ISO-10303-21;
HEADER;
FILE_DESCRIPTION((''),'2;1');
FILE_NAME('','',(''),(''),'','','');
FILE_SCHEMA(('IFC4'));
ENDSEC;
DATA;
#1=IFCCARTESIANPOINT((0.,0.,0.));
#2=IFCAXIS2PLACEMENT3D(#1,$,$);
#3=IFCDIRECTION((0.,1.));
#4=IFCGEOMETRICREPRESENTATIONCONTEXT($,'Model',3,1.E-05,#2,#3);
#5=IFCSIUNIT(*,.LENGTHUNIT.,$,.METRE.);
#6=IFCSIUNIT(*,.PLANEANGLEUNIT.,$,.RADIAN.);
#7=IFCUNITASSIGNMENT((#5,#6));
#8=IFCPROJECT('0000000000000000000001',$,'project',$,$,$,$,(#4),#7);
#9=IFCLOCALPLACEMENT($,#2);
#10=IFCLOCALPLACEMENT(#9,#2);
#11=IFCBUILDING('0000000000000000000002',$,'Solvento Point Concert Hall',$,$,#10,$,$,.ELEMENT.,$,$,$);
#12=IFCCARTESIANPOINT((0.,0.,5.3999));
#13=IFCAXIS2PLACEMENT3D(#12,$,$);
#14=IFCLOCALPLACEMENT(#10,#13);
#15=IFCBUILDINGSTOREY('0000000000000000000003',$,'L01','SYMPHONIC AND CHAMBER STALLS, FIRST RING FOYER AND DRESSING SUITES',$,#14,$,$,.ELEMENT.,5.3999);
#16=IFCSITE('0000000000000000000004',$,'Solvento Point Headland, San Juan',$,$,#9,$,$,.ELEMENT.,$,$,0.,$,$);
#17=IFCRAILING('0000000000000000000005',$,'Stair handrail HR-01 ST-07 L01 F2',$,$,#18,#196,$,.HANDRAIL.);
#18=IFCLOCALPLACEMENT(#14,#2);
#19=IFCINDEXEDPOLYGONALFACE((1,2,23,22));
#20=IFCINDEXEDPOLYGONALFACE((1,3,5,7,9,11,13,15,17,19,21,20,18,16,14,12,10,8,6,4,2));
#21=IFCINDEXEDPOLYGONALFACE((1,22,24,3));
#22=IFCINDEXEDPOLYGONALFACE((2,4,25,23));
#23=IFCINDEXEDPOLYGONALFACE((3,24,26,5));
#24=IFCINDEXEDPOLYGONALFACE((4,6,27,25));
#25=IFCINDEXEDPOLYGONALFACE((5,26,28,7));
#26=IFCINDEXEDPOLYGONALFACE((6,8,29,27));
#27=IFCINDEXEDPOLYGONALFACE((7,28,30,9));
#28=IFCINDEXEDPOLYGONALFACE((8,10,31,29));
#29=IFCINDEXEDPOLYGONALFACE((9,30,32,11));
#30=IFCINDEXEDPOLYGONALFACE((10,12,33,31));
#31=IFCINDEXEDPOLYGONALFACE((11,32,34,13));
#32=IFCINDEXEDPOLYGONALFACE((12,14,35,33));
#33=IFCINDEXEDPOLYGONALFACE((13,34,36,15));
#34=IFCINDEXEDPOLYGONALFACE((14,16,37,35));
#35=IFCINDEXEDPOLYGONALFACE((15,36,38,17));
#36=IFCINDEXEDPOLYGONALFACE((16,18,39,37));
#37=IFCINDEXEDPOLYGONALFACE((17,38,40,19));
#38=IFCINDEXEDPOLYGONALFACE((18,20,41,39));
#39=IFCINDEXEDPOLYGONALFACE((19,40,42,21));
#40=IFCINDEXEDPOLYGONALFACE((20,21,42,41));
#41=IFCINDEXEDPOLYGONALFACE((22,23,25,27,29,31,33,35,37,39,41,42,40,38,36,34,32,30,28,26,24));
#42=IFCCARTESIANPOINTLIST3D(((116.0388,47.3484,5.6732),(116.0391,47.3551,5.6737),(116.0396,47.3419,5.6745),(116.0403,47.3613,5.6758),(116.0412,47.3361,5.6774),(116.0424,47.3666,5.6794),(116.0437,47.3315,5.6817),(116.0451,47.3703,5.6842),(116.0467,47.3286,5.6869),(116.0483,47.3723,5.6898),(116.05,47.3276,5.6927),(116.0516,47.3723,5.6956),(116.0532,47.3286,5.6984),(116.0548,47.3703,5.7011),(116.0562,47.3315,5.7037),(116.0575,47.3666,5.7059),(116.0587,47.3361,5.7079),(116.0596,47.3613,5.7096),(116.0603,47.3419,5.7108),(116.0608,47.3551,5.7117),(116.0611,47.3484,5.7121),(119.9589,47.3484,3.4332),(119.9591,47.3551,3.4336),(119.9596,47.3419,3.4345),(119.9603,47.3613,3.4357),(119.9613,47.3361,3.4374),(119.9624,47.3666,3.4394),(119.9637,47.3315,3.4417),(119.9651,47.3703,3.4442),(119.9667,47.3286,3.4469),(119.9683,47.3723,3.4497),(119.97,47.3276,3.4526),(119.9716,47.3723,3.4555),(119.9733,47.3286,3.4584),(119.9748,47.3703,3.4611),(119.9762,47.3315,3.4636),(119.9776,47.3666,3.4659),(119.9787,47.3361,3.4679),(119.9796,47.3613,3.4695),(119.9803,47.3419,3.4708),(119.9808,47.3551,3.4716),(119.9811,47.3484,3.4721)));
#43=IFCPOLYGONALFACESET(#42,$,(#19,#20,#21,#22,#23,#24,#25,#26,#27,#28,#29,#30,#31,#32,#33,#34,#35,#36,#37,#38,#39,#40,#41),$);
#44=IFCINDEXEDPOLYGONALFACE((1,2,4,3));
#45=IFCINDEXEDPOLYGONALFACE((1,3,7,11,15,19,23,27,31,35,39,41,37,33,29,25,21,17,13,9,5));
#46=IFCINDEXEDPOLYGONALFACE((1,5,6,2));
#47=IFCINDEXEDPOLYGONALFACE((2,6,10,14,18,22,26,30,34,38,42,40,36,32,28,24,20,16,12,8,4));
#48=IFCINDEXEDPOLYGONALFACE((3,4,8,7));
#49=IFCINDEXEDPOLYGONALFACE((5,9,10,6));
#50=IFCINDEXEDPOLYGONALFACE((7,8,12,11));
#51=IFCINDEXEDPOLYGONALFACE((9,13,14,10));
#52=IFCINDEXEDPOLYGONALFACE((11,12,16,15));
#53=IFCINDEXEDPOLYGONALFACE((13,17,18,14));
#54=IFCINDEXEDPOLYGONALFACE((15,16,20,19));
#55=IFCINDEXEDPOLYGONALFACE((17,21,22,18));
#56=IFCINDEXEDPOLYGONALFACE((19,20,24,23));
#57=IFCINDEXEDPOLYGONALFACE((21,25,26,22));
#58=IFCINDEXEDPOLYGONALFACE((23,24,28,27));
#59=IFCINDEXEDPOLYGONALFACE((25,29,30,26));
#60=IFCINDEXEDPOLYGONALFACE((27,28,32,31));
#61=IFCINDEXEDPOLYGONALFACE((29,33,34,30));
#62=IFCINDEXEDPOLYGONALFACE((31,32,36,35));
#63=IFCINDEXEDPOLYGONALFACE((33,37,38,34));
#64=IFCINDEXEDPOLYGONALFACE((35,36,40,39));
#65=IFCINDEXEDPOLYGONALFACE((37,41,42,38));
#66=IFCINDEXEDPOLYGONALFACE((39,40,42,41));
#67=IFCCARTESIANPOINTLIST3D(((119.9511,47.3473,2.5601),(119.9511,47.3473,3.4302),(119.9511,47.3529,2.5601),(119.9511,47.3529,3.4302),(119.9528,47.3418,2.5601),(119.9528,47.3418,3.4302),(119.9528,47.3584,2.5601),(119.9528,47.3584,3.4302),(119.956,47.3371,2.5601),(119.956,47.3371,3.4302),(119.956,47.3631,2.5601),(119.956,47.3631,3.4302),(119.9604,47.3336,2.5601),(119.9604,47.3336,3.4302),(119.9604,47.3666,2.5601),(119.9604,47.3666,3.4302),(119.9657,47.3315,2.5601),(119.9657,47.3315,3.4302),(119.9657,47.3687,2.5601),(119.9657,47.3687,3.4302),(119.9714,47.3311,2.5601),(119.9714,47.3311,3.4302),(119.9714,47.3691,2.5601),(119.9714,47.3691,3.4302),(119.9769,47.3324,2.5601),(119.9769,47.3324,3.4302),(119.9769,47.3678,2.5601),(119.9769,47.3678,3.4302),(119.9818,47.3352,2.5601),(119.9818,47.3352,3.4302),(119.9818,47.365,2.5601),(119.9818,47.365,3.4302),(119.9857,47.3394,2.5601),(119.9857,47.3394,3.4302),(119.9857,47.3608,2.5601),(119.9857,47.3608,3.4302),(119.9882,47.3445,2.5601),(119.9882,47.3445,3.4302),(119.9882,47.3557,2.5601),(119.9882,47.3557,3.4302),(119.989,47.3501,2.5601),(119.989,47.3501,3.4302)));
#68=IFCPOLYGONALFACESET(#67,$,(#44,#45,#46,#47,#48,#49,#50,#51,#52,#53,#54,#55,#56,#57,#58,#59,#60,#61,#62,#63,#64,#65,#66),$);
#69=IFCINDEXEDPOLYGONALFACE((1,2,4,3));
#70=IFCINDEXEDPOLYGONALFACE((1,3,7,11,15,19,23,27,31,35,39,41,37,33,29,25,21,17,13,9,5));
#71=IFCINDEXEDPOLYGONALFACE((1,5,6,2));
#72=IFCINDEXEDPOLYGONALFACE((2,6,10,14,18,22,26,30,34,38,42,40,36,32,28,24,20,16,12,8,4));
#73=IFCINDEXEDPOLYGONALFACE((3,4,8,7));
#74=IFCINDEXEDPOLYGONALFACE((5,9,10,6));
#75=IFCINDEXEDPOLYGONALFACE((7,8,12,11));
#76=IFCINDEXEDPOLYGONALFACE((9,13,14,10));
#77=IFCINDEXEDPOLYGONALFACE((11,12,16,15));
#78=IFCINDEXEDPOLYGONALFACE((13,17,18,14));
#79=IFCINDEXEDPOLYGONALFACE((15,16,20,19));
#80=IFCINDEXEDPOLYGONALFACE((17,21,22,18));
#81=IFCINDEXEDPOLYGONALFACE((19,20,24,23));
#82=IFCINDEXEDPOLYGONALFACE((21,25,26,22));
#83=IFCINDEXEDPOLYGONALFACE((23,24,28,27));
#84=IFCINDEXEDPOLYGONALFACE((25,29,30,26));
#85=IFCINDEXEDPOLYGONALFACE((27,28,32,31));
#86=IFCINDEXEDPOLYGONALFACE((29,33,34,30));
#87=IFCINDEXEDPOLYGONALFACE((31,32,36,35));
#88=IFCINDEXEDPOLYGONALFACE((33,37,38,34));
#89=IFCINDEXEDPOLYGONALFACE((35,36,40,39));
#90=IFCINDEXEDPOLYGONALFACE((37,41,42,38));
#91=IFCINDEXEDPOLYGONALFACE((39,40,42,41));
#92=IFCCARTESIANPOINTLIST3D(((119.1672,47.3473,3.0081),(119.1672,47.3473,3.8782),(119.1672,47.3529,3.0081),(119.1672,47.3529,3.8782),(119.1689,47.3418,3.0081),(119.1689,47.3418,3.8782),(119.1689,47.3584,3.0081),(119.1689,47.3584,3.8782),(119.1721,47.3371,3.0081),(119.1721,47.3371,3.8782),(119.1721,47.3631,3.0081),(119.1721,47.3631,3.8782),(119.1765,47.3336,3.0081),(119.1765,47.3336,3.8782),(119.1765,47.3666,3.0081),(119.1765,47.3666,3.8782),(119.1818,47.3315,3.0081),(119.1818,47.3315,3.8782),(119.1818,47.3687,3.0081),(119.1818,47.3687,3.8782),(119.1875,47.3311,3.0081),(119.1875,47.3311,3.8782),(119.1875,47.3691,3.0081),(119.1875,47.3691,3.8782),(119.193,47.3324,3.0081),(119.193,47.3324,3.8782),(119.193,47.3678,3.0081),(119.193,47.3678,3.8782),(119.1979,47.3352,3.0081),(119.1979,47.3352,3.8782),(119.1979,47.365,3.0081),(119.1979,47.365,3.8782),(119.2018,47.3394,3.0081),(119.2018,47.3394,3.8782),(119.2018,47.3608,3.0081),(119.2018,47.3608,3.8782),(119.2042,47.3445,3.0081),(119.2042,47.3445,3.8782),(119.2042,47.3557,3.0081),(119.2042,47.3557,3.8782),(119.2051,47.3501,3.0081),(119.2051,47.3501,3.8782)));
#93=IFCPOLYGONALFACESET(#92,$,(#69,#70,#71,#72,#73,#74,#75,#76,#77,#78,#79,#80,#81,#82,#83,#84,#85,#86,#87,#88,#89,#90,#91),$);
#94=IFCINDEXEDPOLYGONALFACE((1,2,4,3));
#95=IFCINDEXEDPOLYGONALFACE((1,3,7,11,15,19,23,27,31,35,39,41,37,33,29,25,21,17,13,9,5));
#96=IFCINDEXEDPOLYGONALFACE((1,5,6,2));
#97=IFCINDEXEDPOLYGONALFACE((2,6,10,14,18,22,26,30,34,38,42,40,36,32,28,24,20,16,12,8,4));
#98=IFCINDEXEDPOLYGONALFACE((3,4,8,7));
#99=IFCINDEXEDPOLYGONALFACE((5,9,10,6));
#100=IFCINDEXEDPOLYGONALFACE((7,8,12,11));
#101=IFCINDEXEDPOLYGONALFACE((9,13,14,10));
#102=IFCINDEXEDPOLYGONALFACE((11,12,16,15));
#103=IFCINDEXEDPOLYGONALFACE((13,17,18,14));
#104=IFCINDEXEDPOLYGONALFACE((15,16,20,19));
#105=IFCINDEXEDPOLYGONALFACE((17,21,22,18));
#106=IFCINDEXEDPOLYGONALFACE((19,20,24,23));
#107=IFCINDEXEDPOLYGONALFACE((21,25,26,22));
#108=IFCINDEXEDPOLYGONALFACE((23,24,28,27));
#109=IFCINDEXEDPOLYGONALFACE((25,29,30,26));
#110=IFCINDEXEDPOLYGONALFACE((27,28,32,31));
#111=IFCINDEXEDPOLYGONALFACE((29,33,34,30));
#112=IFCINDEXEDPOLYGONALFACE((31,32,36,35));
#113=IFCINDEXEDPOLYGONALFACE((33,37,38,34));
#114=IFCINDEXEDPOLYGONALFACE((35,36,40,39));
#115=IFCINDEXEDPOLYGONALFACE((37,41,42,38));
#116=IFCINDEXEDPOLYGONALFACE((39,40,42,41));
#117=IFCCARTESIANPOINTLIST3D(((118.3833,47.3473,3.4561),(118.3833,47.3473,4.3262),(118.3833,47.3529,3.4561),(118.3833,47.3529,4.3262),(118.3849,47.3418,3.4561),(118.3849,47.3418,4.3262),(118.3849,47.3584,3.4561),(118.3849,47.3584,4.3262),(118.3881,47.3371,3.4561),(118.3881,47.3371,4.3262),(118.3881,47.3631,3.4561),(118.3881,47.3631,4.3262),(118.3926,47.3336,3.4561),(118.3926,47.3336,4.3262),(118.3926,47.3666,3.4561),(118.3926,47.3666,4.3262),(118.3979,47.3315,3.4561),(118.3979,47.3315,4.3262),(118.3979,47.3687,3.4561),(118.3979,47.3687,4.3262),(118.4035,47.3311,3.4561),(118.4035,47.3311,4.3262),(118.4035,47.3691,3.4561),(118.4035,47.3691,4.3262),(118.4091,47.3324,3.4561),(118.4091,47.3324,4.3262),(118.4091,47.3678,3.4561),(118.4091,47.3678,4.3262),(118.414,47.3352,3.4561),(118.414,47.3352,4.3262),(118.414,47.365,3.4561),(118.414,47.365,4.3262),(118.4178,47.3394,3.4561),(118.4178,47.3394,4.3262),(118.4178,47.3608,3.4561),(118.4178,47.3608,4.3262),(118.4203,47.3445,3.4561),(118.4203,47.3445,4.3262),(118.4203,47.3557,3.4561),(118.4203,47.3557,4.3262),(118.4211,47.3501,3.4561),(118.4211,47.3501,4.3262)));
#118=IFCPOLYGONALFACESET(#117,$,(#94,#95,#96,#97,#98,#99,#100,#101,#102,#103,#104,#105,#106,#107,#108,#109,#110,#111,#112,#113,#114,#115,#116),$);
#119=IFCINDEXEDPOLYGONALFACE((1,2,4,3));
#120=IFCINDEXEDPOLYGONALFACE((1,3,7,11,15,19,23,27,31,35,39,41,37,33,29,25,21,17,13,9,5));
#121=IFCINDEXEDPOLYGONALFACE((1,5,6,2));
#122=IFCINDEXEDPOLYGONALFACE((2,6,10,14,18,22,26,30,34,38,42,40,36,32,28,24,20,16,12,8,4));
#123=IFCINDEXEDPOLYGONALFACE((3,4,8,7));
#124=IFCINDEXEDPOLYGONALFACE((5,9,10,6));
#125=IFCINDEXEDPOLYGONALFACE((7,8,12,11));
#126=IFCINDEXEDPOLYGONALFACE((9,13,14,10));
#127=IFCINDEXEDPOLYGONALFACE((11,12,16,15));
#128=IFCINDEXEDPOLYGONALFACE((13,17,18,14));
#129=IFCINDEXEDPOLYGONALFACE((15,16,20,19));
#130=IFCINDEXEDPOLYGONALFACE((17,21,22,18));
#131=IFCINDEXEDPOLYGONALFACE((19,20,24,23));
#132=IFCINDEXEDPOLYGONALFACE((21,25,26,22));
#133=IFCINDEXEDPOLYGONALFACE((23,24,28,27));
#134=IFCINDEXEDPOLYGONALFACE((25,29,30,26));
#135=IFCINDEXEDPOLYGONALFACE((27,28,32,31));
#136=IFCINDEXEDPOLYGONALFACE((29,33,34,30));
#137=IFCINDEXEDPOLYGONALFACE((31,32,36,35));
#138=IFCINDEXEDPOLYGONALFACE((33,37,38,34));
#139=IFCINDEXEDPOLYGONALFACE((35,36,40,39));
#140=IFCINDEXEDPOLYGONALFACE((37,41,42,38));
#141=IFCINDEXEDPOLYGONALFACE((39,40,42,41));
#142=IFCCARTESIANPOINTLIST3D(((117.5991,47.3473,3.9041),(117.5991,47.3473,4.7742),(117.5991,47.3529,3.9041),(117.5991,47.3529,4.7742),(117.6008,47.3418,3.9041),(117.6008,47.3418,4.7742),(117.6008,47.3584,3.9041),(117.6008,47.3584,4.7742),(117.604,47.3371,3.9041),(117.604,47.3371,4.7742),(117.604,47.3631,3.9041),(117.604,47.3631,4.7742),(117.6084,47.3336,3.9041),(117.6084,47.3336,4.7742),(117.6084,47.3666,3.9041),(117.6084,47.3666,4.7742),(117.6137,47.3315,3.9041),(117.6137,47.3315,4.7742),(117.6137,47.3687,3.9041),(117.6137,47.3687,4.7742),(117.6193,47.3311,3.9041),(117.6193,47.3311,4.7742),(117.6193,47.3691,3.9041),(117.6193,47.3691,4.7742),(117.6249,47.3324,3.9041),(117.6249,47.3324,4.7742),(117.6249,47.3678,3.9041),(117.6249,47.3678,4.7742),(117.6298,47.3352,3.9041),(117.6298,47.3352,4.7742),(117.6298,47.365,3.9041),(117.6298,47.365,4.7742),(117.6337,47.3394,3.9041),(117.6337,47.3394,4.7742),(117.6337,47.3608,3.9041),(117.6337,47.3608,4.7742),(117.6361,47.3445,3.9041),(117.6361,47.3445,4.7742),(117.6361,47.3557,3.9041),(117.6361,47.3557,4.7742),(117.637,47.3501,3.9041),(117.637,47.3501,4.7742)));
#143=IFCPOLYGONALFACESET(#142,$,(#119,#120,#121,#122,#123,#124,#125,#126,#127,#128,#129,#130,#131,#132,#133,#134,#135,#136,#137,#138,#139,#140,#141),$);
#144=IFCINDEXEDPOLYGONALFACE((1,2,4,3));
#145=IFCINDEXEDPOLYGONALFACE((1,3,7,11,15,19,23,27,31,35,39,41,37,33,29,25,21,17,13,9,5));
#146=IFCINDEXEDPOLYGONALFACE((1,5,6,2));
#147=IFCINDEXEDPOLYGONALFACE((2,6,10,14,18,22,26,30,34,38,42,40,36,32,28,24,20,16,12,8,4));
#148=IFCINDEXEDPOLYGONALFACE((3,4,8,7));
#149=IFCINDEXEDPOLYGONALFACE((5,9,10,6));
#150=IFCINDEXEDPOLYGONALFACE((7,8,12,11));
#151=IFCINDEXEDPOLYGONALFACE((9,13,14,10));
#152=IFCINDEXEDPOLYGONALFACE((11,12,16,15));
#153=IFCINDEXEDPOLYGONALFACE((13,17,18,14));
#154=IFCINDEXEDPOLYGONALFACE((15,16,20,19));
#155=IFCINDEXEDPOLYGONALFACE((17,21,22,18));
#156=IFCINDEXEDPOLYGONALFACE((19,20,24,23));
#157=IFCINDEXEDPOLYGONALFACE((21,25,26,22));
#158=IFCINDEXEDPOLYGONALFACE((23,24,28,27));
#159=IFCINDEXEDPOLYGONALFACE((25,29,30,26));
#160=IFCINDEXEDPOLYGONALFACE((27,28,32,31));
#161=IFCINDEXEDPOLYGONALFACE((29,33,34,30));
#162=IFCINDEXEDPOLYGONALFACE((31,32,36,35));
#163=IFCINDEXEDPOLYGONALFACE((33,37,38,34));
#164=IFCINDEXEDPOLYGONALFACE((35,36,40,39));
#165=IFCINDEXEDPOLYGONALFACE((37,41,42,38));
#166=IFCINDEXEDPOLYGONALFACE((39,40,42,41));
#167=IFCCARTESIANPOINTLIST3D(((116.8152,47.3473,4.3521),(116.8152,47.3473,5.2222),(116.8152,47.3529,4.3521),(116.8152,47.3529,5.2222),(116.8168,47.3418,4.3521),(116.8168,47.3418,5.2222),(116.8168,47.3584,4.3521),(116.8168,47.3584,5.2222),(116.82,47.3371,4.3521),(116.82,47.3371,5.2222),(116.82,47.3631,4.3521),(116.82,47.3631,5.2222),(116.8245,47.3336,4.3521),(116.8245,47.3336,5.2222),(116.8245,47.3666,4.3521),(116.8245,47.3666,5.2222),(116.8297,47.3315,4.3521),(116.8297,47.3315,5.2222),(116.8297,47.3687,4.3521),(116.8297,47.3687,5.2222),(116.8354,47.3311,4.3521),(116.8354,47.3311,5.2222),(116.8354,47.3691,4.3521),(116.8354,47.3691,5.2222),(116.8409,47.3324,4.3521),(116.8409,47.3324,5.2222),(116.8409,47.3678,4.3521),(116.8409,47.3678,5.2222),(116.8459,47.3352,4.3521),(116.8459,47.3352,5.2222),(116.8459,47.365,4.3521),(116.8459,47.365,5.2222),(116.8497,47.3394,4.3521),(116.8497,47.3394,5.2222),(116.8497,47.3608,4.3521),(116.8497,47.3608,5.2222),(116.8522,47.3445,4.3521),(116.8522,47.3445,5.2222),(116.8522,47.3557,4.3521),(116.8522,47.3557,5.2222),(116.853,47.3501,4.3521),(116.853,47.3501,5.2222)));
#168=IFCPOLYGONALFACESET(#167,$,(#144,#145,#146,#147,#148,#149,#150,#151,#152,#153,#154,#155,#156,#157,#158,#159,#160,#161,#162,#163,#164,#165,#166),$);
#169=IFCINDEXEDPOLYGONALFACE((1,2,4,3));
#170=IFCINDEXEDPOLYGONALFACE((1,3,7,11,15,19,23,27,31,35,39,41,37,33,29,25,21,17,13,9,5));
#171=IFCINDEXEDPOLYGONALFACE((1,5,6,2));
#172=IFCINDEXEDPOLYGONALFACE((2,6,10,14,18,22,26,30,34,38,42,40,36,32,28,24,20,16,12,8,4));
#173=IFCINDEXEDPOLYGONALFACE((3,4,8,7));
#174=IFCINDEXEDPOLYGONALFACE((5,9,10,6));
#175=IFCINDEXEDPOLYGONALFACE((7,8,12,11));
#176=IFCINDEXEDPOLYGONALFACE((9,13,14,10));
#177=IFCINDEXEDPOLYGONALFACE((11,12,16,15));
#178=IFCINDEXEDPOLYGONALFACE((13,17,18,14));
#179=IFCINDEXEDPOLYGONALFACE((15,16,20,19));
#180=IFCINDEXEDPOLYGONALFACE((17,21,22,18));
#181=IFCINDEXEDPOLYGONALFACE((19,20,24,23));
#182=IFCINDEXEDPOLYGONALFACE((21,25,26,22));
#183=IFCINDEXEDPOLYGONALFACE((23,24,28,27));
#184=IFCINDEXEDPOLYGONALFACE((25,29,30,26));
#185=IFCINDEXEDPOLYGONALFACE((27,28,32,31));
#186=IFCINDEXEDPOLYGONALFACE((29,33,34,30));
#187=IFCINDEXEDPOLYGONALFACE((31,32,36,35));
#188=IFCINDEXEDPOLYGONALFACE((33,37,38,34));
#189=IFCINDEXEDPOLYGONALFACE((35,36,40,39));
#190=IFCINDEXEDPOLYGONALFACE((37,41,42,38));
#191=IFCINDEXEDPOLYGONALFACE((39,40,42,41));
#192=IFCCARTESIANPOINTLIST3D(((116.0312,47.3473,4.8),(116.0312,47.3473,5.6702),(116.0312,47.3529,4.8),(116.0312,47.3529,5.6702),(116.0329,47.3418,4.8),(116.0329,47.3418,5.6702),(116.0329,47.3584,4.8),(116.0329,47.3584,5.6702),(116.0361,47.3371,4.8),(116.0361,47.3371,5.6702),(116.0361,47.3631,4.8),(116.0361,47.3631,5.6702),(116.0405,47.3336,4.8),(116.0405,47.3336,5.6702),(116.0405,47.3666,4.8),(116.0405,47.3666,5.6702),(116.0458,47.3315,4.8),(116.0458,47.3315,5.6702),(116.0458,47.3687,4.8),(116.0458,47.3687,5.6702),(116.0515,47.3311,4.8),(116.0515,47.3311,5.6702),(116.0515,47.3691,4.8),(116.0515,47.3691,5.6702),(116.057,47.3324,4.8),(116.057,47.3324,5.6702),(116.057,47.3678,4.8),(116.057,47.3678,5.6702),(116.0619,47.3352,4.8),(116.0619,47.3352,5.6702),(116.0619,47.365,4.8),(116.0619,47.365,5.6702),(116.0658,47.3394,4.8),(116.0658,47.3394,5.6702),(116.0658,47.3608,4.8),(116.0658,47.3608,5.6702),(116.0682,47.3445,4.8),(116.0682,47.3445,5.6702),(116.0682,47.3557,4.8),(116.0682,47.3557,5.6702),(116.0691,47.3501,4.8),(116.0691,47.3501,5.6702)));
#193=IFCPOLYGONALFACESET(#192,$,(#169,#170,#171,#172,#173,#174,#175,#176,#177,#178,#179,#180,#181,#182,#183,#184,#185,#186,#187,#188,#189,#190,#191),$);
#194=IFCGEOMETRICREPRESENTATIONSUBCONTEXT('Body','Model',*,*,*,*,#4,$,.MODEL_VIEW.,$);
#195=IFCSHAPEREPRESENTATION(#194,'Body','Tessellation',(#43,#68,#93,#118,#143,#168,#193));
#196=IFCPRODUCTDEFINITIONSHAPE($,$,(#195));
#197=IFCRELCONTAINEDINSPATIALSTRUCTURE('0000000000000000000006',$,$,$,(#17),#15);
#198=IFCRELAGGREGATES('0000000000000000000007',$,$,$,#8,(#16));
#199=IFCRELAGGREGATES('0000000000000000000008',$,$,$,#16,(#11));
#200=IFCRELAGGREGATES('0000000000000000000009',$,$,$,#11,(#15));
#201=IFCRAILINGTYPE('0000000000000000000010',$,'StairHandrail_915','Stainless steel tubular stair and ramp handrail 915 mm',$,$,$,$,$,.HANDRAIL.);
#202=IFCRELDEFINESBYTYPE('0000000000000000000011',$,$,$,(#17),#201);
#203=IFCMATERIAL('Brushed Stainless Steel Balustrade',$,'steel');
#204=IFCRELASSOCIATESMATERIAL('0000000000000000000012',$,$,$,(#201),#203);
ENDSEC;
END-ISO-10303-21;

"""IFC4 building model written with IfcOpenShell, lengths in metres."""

from ifc_helpers import new_model, si_unit, direction, frame, origin, origin_2d, place, context, subcontext, project, spatial, circle, extrude, material, type_object, element, save


model = new_model("IFC4")

# Units and contexts
model_context = context("Model", 3, precision=1e-05, world=origin(), true_north=direction((0.0, 1.0)))
body_context = subcontext(model_context, "Body", "Model", "MODEL_VIEW")
ifc_project = project(units=[si_unit("LENGTHUNIT", "METRE"), si_unit("PLANEANGLEUNIT", "RADIAN")], contexts=[model_context])

# Site, building, storey
site_placement = place(None, origin())
site = spatial("IfcSite", under=ifc_project, at=site_placement, Name="Solvento Point Headland, San Juan", CompositionType="ELEMENT", RefElevation=0.0)
building_placement = place(site_placement, origin())
building = spatial("IfcBuilding", under=site, at=building_placement, Name="Solvento Point Concert Hall", CompositionType="ELEMENT")
storey_placement = place(building_placement, frame((0.0, 0.0, 5.3999)))
storey = spatial("IfcBuildingStorey", under=building, at=storey_placement, Name="L01", Description="SYMPHONIC AND CHAMBER STALLS, FIRST RING FOYER AND DRESSING SUITES", CompositionType="ELEMENT", Elevation=5.3999)

# Railing
ifc_material_1 = material(Name="Brushed Stainless Steel Balustrade", Category="steel")
railing_type_1 = type_object("IfcRailingType", Name="StairHandrail_915", Description="Stainless steel tubular stair and ramp handrail 915 mm", PredefinedType="HANDRAIL", material=ifc_material_1)
railing_1_placement = place(storey_placement, frame((119.97, 47.3501, 2.5601)))
element("IfcRailing", 1, at=railing_1_placement, inside=storey, type_object=railing_type_1, Name="Stair handrail HR-01 ST-07 L01 F2", PredefinedType="HANDRAIL", context=body_context, shape_type="SweptSolid", body=[
    extrude(circle(Radius=0.0225, at=origin_2d()), frame((0.0, 0.0, 0.8926), z_axis=(-0.86824, 0.0, 0.496145), x_axis=(0.0, -1.0, 0.0)), (0.0, 0.0, 1.0), 4.5149),
    extrude(circle(Radius=0.019, at=origin_2d()), origin(), (0.0, 0.0, 1.0), 0.8701),
    extrude(circle(Radius=0.019, at=origin_2d()), frame((-0.7839, 0.0, 0.448)), (0.0, 0.0, 1.0), 0.8701),
    extrude(circle(Radius=0.019, at=origin_2d()), frame((-1.5679, 0.0, 0.896)), (0.0, 0.0, 1.0), 0.8701),
    extrude(circle(Radius=0.019, at=origin_2d()), frame((-2.3521, 0.0, 1.344)), (0.0, 0.0, 1.0), 0.8701),
    extrude(circle(Radius=0.019, at=origin_2d()), frame((-3.136, 0.0, 1.792)), (0.0, 0.0, 1.0), 0.8701),
    extrude(circle(Radius=0.019, at=origin_2d()), frame((-3.9199, 0.0, 2.24)), (0.0, 0.0, 1.0), 0.8701),
])

save(model, "model.ifc")
